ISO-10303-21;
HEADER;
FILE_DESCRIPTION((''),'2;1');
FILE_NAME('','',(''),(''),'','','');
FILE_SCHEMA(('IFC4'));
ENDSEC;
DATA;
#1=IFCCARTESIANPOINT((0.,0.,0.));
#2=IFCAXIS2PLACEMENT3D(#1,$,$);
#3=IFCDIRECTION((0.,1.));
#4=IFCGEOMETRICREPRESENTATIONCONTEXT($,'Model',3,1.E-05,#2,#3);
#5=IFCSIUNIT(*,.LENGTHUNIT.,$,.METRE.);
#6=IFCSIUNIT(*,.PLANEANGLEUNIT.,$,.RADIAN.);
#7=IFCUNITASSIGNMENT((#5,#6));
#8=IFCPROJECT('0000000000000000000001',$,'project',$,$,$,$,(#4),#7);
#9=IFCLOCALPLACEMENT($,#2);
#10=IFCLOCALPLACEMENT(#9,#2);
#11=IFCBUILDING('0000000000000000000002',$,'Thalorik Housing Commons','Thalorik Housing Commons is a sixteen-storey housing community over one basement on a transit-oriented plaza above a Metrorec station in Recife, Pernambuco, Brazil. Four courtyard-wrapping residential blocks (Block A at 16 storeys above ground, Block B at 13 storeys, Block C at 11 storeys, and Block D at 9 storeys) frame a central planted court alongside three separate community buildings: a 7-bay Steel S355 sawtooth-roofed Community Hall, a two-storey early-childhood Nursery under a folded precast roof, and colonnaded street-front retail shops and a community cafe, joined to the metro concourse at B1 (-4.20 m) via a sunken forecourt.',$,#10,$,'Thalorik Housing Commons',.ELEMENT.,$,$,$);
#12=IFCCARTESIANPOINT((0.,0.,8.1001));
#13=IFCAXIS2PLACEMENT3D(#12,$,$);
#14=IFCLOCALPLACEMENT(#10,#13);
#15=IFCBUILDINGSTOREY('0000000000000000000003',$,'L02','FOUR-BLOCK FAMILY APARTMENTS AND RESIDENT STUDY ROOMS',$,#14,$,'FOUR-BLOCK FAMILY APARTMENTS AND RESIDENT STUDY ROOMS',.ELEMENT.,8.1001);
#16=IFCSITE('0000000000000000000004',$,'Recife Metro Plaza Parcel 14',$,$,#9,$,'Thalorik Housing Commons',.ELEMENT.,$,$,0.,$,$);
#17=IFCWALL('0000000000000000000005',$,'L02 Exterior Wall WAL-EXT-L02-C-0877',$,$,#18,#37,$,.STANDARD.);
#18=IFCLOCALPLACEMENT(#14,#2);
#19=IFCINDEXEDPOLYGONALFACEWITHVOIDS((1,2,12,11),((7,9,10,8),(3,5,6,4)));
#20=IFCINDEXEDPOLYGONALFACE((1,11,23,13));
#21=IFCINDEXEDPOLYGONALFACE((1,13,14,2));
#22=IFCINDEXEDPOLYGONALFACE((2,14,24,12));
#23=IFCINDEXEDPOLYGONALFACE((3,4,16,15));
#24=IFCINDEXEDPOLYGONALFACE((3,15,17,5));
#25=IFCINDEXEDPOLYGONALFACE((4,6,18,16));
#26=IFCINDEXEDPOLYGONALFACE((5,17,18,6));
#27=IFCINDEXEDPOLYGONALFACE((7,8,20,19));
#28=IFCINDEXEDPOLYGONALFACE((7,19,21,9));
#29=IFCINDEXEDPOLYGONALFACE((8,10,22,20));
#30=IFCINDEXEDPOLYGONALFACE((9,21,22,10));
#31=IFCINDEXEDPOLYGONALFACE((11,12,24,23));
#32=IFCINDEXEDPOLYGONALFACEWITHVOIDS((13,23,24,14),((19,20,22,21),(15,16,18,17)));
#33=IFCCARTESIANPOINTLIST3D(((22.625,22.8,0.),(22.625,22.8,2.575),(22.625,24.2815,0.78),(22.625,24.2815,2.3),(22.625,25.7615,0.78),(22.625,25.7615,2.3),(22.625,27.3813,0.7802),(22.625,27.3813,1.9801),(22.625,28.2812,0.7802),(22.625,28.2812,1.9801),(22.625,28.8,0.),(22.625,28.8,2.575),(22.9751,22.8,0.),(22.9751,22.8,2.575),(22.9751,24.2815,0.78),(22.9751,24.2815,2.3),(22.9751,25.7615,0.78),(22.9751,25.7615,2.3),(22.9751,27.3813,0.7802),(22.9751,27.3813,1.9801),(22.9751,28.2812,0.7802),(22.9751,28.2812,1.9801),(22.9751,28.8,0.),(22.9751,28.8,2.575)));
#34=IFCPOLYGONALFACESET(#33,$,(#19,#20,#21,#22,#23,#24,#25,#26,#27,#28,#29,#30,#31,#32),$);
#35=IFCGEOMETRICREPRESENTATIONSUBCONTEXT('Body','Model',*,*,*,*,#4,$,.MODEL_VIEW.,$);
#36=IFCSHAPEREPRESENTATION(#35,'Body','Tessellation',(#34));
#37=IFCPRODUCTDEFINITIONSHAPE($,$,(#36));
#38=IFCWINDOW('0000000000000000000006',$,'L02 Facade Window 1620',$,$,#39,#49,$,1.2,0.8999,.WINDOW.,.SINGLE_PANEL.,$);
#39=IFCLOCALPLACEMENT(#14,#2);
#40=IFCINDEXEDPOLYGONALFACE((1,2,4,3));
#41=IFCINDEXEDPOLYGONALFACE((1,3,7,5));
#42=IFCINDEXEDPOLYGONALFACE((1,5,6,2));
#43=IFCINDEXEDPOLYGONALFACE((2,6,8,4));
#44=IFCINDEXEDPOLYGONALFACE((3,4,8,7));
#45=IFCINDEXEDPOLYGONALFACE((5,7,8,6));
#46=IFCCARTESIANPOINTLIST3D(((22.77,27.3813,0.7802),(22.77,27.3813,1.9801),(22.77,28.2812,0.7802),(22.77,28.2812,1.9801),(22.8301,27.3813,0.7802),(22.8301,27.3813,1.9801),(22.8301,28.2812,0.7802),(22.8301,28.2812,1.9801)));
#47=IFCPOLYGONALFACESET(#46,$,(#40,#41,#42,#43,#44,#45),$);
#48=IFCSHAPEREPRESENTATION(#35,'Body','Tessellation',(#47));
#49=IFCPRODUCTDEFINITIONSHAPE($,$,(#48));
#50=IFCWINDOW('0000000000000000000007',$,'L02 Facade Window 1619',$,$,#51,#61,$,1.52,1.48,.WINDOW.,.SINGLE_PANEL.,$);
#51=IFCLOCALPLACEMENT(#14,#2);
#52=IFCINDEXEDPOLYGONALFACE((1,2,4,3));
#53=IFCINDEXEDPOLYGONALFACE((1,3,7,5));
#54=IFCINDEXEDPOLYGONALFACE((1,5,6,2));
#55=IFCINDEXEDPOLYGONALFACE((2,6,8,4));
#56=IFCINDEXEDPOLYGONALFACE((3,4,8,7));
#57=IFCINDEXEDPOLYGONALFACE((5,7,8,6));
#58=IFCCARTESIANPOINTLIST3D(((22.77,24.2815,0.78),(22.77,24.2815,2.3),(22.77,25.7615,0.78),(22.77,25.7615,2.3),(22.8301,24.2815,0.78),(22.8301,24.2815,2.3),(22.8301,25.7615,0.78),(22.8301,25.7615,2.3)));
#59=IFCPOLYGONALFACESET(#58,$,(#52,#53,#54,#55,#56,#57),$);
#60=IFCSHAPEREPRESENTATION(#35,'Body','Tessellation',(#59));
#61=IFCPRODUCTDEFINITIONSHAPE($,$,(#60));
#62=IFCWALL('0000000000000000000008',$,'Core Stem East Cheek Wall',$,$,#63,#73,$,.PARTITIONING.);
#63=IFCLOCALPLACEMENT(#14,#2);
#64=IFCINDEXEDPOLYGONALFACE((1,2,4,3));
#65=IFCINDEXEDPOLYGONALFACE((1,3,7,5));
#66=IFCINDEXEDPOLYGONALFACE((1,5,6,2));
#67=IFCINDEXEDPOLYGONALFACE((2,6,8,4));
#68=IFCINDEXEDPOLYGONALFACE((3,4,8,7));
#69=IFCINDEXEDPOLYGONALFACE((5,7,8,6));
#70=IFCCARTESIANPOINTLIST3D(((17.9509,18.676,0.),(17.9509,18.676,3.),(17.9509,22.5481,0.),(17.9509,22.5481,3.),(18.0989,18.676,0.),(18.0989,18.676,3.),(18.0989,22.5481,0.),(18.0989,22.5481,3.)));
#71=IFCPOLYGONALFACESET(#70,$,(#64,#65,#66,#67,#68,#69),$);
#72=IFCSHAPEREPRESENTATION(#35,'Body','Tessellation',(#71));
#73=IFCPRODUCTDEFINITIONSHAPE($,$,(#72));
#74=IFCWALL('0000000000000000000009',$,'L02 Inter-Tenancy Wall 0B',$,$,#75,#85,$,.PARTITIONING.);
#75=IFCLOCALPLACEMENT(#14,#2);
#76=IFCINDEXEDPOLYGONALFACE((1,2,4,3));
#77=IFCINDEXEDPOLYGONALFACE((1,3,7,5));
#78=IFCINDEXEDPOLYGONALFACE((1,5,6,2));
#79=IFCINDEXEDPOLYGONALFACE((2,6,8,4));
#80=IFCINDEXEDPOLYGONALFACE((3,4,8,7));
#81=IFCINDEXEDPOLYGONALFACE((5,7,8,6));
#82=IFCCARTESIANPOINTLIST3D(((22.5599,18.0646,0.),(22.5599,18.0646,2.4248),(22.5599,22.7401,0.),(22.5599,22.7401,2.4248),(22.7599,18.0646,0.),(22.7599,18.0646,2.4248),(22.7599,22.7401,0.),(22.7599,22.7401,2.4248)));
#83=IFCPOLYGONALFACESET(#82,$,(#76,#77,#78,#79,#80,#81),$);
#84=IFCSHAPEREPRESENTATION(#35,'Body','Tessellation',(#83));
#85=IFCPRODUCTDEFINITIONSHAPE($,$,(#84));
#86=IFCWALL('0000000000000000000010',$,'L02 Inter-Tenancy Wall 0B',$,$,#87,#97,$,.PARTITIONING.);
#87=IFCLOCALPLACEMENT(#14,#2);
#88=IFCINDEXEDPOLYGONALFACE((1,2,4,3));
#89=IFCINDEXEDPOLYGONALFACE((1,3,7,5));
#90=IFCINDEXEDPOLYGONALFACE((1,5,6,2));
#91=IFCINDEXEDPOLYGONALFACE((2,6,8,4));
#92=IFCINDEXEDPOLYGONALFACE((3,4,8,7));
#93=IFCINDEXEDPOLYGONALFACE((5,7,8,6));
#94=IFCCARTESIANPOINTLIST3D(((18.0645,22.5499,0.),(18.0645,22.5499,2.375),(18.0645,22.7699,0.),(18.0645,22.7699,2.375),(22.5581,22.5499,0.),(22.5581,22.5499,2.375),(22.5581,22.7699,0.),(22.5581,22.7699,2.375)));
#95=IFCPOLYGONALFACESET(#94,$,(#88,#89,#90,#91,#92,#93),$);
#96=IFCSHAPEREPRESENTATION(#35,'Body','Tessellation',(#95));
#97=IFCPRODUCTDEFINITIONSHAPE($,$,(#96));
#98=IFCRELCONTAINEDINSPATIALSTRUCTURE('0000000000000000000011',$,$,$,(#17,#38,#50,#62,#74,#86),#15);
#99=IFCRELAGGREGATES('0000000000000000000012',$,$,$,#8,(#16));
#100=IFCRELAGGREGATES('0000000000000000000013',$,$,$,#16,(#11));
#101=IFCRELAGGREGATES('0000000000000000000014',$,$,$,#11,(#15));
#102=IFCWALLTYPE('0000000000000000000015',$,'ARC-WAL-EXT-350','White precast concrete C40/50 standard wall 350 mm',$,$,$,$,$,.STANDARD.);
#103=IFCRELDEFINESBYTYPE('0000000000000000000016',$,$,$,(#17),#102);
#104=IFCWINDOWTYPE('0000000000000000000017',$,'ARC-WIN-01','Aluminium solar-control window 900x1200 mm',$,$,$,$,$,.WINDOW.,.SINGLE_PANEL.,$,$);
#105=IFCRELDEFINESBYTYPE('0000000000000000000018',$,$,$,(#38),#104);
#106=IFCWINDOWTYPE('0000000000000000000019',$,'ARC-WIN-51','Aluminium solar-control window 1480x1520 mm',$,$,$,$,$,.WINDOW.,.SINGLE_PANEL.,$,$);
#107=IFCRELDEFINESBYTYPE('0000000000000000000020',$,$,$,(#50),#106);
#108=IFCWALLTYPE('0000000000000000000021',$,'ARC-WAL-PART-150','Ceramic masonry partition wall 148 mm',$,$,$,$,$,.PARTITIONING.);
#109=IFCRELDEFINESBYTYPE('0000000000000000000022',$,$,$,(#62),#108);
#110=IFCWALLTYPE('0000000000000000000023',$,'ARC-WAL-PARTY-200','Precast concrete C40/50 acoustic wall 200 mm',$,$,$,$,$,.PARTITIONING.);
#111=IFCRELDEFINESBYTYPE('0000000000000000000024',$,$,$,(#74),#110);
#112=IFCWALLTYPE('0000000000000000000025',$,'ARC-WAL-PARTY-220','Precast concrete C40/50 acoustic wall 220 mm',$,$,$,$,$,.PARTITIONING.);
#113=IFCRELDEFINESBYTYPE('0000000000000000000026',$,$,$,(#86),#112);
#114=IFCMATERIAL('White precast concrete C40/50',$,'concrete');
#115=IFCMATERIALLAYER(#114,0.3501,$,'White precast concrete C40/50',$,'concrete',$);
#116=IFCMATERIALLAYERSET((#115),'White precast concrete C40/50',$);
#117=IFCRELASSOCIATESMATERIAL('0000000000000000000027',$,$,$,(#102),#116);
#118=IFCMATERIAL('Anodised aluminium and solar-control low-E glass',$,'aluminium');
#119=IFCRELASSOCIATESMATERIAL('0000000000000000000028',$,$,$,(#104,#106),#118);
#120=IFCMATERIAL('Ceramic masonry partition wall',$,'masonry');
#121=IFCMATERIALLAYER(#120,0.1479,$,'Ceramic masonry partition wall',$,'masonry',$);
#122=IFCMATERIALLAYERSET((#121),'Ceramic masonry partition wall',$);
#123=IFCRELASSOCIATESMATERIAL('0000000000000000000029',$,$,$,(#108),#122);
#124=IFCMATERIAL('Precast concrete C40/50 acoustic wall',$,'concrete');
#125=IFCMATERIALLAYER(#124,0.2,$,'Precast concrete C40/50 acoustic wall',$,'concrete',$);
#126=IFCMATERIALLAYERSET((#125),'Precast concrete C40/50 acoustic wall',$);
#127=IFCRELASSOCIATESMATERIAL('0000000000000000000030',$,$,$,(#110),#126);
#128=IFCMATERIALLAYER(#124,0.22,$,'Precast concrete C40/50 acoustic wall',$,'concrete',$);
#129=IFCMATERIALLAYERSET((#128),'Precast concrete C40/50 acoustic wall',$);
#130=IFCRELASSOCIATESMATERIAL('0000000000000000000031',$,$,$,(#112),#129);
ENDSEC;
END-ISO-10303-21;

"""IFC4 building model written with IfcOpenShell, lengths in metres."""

from ifc_helpers import new_model, si_unit, direction, frame, frame_2d, origin, place, context, subcontext, project, spatial, rectangle, extrude, material, layer, layer_set, type_object, element, fill, save


model = new_model("IFC4")

# Units and contexts
model_context = context("Model", 3, precision=1e-05, world=origin(), true_north=direction((0.0, 1.0)))
body_context = subcontext(model_context, "Body", "Model", "MODEL_VIEW")
ifc_project = project(units=[si_unit("LENGTHUNIT", "METRE"), si_unit("PLANEANGLEUNIT", "RADIAN")], contexts=[model_context])

# Site, building, storey
site_placement = place(None, origin())
site = spatial("IfcSite", under=ifc_project, at=site_placement, Name="Recife Metro Plaza Parcel 14", LongName="Thalorik Housing Commons", CompositionType="ELEMENT", RefElevation=0.0)
building_placement = place(site_placement, origin())
building = spatial("IfcBuilding", under=site, at=building_placement, Name="Thalorik Housing Commons", Description="Thalorik Housing Commons is a sixteen-storey housing community over one basement on a transit-oriented plaza above a Metrorec station in Recife, Pernambuco, Brazil. Four courtyard-wrapping residential blocks (Block A at 16 storeys above ground, Block B at 13 storeys, Block C at 11 storeys, and Block D at 9 storeys) frame a central planted court alongside three separate community buildings: a 7-bay Steel S355 sawtooth-roofed Community Hall, a two-storey early-childhood Nursery under a folded precast roof, and colonnaded street-front retail shops and a community cafe, joined to the metro concourse at B1 (-4.20 m) via a sunken forecourt.", LongName="Thalorik Housing Commons", CompositionType="ELEMENT")
storey_placement = place(building_placement, frame((0.0, 0.0, 8.1001)))
storey = spatial("IfcBuildingStorey", under=building, at=storey_placement, Name="L02", Description="FOUR-BLOCK FAMILY APARTMENTS AND RESIDENT STUDY ROOMS", LongName="FOUR-BLOCK FAMILY APARTMENTS AND RESIDENT STUDY ROOMS", CompositionType="ELEMENT", Elevation=8.1001)

# Wall, openings, windows
ifc_material_1 = material(Name="White precast concrete C40/50", Category="concrete")
ifc_layer_1 = layer(ifc_material_1, 0.3501, Name="White precast concrete C40/50", Category="concrete")
ifc_layer_set_1 = layer_set([ifc_layer_1], Name="White precast concrete C40/50")
wall_type_1 = type_object("IfcWallType", Name="ARC-WAL-EXT-350", Description="White precast concrete C40/50 standard wall 350 mm", PredefinedType="STANDARD", material=ifc_layer_set_1)
wall_1_placement = place(storey_placement, frame((22.8, 22.8, 0.0), z_axis=(0.0, 0.0, 1.0), x_axis=(0.0, 1.0, 0.0)))
wall_1 = element("IfcWall", 1, at=wall_1_placement, inside=storey, type_object=wall_type_1, Name="L02 Exterior Wall WAL-EXT-L02-C-0877", PredefinedType="STANDARD", context=body_context, shape_type="SweptSolid", body=[
    extrude(rectangle(XDim=6.0, YDim=0.3501, at=frame_2d((3.0, 0.0))), origin(), (0.0, 0.0, 1.0), 2.575),
])
opening_1_placement = place(wall_1_placement, frame((1.4814, 0.0, 0.78)))
opening_1 = element("IfcOpeningElement", 2, at=opening_1_placement, cuts=wall_1, PredefinedType="OPENING", context=body_context, shape_type="SweptSolid", body=[
    extrude(rectangle(XDim=1.48, YDim=1.52, at=frame_2d((0.74, 0.76))), frame((0.0, 0.1851, 0.0), z_axis=(0.0, -1.0, 0.0), x_axis=(1.0, 0.0, 0.0)), (0.0, 0.0, 1.0), 0.3701),
])
opening_2_placement = place(wall_1_placement, frame((4.5813, 0.0, 0.78)))
opening_2 = element("IfcOpeningElement", 3, at=opening_2_placement, cuts=wall_1, PredefinedType="OPENING", context=body_context, shape_type="SweptSolid", body=[
    extrude(rectangle(XDim=0.8999, YDim=1.2, at=frame_2d((0.45, 0.6001))), frame((0.0, 0.1851, 0.0), z_axis=(0.0, -1.0, 0.0), x_axis=(1.0, 0.0, 0.0)), (0.0, 0.0, 1.0), 0.3701),
])
ifc_material_2 = material(Name="Anodised aluminium and solar-control low-E glass", Category="aluminium")
window_type_1 = type_object("IfcWindowType", Name="ARC-WIN-01", Description="Aluminium solar-control window 900x1200 mm", PartitioningType="SINGLE_PANEL", PredefinedType="WINDOW", material=ifc_material_2)
window_1_placement = place(opening_2_placement, origin())
window_1 = element("IfcWindow", 4, at=window_1_placement, inside=storey, type_object=window_type_1, Name="L02 Facade Window 1620", OverallHeight=1.2, OverallWidth=0.8999, PartitioningType="SINGLE_PANEL", PredefinedType="WINDOW", context=body_context, shape_type="SweptSolid", body=[
    extrude(rectangle(XDim=0.8999, YDim=1.2, at=frame_2d((0.45, 0.6001))), frame((0.0, 0.03, 0.0), z_axis=(0.0, -1.0, 0.0), x_axis=(1.0, 0.0, 0.0)), (0.0, 0.0, 1.0), 0.0601),
])
fill(opening_2, window_1)
window_type_2 = type_object("IfcWindowType", Name="ARC-WIN-51", Description="Aluminium solar-control window 1480x1520 mm", PartitioningType="SINGLE_PANEL", PredefinedType="WINDOW", material=ifc_material_2)
window_2_placement = place(opening_1_placement, origin())
window_2 = element("IfcWindow", 5, at=window_2_placement, inside=storey, type_object=window_type_2, Name="L02 Facade Window 1619", OverallHeight=1.52, OverallWidth=1.48, PartitioningType="SINGLE_PANEL", PredefinedType="WINDOW", context=body_context, shape_type="SweptSolid", body=[
    extrude(rectangle(XDim=1.48, YDim=1.52, at=frame_2d((0.74, 0.76))), frame((0.0, 0.03, 0.0), z_axis=(0.0, -1.0, 0.0), x_axis=(1.0, 0.0, 0.0)), (0.0, 0.0, 1.0), 0.0601),
])
fill(opening_1, window_2)

# Wall
ifc_material_3 = material(Name="Ceramic masonry partition wall", Category="masonry")
ifc_layer_2 = layer(ifc_material_3, 0.1479, Name="Ceramic masonry partition wall", Category="masonry")
ifc_layer_set_2 = layer_set([ifc_layer_2], Name="Ceramic masonry partition wall")
wall_type_2 = type_object("IfcWallType", Name="ARC-WAL-PART-150", Description="Ceramic masonry partition wall 148 mm", PredefinedType="PARTITIONING", material=ifc_layer_set_2)
wall_2_placement = place(storey_placement, frame((18.0249, 18.676, 0.0), z_axis=(0.0, 0.0, 1.0), x_axis=(0.0, 1.0, 0.0)))
element("IfcWall", 6, at=wall_2_placement, inside=storey, type_object=wall_type_2, Name="Core Stem East Cheek Wall", PredefinedType="PARTITIONING", context=body_context, shape_type="SweptSolid", body=[
    extrude(rectangle(XDim=3.8721, YDim=0.1479, at=frame_2d((1.936, 0.0))), origin(), (0.0, 0.0, 1.0), 3.0),
])

# Walls
ifc_material_4 = material(Name="Precast concrete C40/50 acoustic wall", Category="concrete")
ifc_layer_3 = layer(ifc_material_4, 0.2, Name="Precast concrete C40/50 acoustic wall", Category="concrete")
ifc_layer_set_3 = layer_set([ifc_layer_3], Name="Precast concrete C40/50 acoustic wall")
wall_type_3 = type_object("IfcWallType", Name="ARC-WAL-PARTY-200", Description="Precast concrete C40/50 acoustic wall 200 mm", PredefinedType="PARTITIONING", material=ifc_layer_set_3)
wall_3_placement = place(storey_placement, frame((22.6599, 18.0645, 0.0), z_axis=(0.0, 0.0, 1.0), x_axis=(0.0, 1.0, 0.0)))
element("IfcWall", 7, at=wall_3_placement, inside=storey, type_object=wall_type_3, Name="L02 Inter-Tenancy Wall 0B", PredefinedType="PARTITIONING", context=body_context, shape_type="SweptSolid", body=[
    extrude(rectangle(XDim=4.6755, YDim=0.2, at=frame_2d((2.3379, 0.0))), origin(), (0.0, 0.0, 1.0), 2.4248),
])
ifc_layer_4 = layer(ifc_material_4, 0.22, Name="Precast concrete C40/50 acoustic wall", Category="concrete")
ifc_layer_set_4 = layer_set([ifc_layer_4], Name="Precast concrete C40/50 acoustic wall")
wall_type_4 = type_object("IfcWallType", Name="ARC-WAL-PARTY-220", Description="Precast concrete C40/50 acoustic wall 220 mm", PredefinedType="PARTITIONING", material=ifc_layer_set_4)
wall_4_placement = place(storey_placement, frame((18.0645, 22.6599, 0.0), z_axis=(0.0, 0.0, 1.0), x_axis=(1.0, 0.0, 0.0)))
element("IfcWall", 8, at=wall_4_placement, inside=storey, type_object=wall_type_4, Name="L02 Inter-Tenancy Wall 0B", PredefinedType="PARTITIONING", context=body_context, shape_type="SweptSolid", body=[
    extrude(rectangle(XDim=4.4937, YDim=0.22, at=frame_2d((2.2468, 0.0))), origin(), (0.0, 0.0, 1.0), 2.375),
])

save(model, "model.ifc")
